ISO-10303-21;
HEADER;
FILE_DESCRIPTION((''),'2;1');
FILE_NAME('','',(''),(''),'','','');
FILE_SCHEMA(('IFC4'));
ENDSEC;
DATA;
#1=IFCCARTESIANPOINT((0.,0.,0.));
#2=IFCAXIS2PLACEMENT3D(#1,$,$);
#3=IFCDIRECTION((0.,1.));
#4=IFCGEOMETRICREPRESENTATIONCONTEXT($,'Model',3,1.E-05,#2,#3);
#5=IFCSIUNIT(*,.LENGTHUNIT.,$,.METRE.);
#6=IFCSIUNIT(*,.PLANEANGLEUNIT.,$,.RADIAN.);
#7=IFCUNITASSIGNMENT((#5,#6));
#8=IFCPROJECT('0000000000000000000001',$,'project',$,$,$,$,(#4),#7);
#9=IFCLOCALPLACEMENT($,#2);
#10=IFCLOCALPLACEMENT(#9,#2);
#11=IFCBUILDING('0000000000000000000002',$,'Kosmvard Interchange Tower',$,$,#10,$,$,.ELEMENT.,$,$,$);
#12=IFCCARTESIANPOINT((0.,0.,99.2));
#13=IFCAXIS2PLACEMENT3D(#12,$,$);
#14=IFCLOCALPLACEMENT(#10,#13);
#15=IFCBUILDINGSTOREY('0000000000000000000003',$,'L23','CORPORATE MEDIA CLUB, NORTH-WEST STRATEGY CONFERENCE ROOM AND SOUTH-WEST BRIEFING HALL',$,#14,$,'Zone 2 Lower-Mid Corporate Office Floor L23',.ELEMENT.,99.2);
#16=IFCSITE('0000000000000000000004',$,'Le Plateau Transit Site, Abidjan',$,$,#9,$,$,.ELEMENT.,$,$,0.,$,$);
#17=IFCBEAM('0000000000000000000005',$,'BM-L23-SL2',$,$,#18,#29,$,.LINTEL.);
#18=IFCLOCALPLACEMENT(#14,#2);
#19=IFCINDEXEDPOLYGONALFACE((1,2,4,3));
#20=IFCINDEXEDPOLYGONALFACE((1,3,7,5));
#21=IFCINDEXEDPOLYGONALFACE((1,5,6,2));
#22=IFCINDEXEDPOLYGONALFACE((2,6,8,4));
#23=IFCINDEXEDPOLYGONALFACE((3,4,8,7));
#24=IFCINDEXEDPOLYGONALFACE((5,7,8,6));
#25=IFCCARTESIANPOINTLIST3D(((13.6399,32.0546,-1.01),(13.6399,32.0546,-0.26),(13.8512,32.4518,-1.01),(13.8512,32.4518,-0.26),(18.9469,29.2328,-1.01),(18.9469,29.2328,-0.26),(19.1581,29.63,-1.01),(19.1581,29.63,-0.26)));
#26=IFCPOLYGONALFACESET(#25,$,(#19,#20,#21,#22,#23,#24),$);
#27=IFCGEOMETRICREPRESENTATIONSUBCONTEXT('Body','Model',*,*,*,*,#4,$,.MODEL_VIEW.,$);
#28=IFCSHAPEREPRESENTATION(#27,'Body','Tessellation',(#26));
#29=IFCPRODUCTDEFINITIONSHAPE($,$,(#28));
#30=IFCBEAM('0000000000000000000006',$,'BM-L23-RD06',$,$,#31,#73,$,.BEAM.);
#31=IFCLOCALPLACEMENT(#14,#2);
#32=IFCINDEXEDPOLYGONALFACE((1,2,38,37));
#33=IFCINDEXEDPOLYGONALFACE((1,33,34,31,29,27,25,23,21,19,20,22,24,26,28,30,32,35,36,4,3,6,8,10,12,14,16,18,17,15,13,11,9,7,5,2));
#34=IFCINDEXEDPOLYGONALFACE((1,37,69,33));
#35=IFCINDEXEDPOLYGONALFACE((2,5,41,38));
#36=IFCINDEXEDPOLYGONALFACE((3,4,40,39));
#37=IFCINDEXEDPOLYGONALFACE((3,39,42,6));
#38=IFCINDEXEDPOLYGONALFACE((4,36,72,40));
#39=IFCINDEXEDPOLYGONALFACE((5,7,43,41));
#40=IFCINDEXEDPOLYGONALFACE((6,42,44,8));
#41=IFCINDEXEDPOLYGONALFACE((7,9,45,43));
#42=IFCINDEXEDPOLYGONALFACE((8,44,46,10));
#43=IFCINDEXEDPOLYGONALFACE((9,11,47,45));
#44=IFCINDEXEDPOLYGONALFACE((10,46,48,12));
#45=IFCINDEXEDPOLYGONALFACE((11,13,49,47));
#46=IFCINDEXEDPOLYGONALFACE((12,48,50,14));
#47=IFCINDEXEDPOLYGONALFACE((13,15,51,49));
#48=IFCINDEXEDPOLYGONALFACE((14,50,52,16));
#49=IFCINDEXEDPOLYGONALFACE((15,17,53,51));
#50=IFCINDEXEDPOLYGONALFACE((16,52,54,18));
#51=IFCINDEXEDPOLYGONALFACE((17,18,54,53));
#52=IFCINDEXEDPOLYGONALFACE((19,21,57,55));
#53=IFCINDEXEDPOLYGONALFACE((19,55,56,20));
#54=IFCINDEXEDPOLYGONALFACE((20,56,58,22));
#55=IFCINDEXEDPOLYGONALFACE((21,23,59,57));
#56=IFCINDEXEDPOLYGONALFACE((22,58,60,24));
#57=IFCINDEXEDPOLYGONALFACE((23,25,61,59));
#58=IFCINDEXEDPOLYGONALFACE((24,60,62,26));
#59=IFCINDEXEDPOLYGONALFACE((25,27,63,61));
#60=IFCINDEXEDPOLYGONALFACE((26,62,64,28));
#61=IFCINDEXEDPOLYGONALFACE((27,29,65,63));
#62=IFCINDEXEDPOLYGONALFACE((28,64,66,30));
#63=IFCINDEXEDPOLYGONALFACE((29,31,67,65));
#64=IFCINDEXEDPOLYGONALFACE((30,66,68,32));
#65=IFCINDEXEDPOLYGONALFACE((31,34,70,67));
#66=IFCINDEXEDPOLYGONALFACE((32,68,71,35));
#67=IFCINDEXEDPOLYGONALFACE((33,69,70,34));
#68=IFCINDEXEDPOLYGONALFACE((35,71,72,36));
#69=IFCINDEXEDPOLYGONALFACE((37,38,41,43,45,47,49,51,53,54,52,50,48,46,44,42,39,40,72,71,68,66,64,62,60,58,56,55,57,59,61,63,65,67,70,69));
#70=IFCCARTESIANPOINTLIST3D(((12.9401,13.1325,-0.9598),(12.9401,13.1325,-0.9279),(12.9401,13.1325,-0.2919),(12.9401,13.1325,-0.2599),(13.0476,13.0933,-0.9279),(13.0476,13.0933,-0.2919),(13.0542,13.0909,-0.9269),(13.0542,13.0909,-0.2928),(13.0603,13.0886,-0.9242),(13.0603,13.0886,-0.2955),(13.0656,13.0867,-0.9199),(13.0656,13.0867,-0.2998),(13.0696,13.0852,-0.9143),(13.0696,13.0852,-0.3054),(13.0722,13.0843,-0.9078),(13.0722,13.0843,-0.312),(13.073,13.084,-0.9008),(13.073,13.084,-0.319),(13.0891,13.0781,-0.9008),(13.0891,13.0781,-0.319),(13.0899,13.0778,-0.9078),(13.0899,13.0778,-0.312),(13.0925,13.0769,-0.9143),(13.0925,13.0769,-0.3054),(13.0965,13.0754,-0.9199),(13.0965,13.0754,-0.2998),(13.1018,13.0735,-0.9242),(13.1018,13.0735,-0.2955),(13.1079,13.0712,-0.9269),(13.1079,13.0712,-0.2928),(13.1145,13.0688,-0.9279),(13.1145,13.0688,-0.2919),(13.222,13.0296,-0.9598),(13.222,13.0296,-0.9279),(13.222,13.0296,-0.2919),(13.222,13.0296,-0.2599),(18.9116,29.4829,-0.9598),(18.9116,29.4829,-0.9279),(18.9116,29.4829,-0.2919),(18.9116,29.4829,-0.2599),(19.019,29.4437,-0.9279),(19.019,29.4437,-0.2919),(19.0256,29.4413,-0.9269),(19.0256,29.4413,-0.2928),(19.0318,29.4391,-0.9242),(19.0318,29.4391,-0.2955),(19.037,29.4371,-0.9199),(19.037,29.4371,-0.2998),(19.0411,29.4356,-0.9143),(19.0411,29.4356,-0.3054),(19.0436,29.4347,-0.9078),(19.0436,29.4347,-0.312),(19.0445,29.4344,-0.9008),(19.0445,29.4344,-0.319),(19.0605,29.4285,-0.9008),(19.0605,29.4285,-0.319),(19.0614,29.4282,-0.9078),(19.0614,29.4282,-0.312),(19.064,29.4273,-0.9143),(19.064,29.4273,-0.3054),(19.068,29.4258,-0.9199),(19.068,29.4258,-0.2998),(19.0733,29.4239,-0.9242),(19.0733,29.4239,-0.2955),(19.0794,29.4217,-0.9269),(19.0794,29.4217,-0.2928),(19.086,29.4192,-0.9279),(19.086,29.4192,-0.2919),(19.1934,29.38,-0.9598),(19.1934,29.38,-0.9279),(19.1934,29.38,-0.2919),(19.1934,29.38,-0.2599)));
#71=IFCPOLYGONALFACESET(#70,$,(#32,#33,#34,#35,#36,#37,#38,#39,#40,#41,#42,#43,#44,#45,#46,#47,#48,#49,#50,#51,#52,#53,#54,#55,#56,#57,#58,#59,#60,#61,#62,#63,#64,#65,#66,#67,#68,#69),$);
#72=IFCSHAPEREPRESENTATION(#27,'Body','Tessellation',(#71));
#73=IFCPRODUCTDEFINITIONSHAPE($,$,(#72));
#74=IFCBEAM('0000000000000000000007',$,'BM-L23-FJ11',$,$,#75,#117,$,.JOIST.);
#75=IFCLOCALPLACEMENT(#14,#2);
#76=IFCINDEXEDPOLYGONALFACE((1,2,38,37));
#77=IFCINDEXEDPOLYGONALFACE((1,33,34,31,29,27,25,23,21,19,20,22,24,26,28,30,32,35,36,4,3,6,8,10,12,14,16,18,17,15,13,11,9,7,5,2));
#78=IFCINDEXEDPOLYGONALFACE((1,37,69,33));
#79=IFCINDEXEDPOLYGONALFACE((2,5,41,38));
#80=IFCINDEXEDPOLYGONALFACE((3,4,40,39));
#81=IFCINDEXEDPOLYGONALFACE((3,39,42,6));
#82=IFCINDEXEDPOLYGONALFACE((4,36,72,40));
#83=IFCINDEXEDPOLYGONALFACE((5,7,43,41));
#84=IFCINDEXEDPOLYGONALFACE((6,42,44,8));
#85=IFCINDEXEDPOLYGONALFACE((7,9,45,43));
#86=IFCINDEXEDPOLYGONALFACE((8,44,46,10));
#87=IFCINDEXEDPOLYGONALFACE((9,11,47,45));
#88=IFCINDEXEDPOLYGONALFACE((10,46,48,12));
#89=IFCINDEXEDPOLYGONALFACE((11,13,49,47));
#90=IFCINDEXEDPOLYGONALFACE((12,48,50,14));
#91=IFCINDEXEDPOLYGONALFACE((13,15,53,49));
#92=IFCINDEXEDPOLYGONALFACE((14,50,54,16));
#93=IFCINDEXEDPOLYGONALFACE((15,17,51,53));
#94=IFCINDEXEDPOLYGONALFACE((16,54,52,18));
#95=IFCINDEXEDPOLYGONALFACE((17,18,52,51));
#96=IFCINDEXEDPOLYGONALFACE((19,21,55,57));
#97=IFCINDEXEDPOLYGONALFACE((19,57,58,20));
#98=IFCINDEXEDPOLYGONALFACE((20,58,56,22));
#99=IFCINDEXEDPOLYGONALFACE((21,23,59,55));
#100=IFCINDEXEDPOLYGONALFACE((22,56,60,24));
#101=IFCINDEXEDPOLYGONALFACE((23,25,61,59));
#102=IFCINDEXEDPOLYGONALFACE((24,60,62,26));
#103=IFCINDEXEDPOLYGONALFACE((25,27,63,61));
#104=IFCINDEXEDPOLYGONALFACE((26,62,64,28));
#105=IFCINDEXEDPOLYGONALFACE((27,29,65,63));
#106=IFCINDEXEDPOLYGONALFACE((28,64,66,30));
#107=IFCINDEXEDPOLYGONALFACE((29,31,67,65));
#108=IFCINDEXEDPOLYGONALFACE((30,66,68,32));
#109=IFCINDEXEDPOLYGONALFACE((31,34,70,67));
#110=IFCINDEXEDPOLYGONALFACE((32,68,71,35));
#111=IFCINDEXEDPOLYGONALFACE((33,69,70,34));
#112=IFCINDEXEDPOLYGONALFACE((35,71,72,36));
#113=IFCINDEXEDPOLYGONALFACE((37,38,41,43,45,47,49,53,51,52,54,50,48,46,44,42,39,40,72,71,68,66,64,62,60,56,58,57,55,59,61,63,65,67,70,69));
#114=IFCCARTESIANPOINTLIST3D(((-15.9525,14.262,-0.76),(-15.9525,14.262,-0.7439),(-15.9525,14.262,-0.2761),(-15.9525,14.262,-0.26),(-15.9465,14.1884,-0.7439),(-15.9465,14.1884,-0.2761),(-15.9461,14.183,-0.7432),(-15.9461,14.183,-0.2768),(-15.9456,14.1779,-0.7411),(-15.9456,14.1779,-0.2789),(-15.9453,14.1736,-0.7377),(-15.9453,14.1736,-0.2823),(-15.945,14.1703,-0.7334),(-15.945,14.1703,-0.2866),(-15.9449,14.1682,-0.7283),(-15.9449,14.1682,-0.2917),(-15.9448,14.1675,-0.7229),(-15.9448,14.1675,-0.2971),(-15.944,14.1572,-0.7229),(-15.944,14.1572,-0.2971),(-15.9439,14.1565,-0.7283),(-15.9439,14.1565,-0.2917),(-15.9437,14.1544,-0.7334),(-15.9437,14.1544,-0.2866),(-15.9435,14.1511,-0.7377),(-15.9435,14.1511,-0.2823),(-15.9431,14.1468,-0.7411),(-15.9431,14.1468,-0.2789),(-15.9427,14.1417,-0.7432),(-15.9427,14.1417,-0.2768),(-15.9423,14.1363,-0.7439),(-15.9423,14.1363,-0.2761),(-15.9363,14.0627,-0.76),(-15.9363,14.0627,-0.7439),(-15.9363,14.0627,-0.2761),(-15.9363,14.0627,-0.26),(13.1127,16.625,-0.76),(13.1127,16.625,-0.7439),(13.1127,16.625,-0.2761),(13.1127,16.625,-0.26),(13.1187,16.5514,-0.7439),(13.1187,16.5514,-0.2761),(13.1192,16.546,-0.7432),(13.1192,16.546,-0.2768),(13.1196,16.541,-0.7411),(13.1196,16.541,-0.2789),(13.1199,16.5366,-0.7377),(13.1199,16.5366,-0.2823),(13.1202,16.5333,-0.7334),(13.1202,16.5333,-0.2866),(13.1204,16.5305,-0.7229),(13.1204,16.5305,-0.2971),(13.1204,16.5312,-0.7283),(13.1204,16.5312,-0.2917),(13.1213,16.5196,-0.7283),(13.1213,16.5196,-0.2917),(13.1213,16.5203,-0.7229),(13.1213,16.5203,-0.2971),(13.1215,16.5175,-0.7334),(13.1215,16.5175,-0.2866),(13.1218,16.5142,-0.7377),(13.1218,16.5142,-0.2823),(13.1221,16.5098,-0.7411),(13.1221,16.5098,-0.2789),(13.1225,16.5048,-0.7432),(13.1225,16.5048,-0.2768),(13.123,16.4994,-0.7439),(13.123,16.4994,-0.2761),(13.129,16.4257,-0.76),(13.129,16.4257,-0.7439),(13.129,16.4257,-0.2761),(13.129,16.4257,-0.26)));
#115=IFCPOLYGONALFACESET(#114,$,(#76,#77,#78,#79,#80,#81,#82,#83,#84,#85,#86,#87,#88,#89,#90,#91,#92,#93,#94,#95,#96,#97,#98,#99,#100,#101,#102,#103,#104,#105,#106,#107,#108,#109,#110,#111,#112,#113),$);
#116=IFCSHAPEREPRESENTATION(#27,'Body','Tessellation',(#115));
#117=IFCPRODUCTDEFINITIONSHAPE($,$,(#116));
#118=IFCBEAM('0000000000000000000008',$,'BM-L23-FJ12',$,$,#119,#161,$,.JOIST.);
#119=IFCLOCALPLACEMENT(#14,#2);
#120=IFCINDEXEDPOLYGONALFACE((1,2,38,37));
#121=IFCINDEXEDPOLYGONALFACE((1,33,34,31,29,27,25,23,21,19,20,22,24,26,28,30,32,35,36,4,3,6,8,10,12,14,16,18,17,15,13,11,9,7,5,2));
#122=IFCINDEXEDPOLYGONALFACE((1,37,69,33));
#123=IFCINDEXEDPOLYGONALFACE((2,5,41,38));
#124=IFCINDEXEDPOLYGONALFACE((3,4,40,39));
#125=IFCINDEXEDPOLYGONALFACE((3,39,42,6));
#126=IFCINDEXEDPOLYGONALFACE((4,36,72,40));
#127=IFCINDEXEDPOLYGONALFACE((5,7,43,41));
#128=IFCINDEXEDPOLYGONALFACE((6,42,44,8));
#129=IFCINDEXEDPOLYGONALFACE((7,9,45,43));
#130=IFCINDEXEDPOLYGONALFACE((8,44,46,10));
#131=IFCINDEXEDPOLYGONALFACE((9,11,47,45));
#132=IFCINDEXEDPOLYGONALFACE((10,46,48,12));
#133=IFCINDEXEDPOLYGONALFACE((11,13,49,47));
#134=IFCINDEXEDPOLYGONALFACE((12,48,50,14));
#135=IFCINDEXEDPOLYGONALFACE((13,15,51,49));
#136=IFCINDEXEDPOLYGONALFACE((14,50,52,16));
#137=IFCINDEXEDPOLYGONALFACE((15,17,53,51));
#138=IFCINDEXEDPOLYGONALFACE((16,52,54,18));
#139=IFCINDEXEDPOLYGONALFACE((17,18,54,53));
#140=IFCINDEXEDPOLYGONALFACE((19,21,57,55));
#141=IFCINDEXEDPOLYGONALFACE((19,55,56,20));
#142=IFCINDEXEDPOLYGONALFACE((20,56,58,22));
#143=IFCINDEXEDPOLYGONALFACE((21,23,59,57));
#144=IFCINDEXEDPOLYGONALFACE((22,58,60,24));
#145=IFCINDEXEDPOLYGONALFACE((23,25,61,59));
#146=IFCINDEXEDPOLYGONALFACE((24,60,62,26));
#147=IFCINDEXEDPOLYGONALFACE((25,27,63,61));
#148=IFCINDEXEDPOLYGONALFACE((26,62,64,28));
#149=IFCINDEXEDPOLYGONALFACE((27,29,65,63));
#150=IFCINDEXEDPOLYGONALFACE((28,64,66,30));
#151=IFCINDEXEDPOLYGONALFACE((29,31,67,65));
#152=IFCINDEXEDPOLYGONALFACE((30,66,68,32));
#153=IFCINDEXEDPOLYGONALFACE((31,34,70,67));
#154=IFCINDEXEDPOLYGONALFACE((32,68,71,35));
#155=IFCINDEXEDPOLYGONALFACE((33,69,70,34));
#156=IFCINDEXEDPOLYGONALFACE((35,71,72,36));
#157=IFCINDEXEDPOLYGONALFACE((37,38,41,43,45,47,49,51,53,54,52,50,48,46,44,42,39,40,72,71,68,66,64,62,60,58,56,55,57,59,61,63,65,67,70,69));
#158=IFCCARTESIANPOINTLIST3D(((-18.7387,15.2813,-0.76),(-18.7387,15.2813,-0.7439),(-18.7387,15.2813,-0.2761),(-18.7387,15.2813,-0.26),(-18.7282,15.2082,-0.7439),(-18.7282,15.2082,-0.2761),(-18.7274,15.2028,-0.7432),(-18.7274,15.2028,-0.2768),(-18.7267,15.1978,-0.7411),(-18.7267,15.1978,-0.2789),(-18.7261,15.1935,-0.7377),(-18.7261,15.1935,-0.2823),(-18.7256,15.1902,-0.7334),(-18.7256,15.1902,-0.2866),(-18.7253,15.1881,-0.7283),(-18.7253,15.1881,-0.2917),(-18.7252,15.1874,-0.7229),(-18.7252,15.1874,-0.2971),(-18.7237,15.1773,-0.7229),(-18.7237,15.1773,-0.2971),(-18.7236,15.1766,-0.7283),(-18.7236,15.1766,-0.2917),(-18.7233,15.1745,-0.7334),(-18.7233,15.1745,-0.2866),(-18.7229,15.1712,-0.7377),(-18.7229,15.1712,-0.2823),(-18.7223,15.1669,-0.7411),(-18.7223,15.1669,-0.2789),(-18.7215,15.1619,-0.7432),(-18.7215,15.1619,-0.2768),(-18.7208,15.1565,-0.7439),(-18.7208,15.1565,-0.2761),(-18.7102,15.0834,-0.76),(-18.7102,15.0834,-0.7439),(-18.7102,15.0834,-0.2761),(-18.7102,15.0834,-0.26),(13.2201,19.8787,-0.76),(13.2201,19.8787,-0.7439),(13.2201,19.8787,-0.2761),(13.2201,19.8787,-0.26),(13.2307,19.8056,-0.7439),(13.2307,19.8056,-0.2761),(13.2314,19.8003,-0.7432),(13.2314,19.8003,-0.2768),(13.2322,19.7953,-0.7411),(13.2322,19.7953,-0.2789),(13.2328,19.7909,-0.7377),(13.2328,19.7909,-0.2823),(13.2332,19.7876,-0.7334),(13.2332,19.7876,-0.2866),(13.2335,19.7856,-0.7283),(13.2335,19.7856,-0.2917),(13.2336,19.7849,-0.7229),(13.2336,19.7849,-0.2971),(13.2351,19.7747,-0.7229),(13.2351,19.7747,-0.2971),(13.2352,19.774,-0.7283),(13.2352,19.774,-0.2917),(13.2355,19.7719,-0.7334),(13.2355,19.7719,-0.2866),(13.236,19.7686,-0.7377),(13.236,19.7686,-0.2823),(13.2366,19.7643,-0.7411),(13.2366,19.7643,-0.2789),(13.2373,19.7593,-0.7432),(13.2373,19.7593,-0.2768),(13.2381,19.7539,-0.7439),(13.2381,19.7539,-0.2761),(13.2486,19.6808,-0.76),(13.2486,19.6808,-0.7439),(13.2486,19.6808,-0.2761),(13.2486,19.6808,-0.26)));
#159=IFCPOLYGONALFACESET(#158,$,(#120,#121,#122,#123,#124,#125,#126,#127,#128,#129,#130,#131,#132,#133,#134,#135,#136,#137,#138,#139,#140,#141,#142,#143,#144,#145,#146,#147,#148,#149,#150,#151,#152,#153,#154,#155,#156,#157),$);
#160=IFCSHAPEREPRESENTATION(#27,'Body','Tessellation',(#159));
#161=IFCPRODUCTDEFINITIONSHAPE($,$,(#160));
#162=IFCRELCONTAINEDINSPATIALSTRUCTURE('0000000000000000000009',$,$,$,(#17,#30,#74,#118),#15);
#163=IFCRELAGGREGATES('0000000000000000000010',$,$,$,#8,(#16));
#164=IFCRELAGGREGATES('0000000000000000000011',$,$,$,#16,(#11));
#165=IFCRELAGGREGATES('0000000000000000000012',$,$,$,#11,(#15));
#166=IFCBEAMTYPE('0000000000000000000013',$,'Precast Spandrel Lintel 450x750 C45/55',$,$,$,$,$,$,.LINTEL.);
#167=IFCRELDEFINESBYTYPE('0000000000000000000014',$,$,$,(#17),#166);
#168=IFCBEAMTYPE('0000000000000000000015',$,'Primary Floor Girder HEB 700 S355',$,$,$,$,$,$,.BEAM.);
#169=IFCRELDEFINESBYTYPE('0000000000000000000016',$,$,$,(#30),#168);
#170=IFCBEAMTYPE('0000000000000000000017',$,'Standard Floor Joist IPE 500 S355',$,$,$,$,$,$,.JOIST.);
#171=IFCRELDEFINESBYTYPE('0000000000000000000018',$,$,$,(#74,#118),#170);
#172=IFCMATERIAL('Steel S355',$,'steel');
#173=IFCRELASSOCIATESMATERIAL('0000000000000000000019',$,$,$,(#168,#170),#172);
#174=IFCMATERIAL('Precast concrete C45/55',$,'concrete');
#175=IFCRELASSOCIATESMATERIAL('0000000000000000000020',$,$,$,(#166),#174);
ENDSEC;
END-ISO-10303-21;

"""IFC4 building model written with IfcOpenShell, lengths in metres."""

from ifc_helpers import new_model, si_unit, direction, frame, origin, origin_2d, place, context, subcontext, project, spatial, rectangle, i_section, extrude, source, transform, mapped, material, material_profile, profile_set, type_object, element, save


model = new_model("IFC4")

# Units and contexts
model_context = context("Model", 3, precision=1e-05, world=origin(), true_north=direction((0.0, 1.0)))
body_context = subcontext(model_context, "Body", "Model", "MODEL_VIEW")
ifc_project = project(units=[si_unit("LENGTHUNIT", "METRE"), si_unit("PLANEANGLEUNIT", "RADIAN")], contexts=[model_context])

# Site, building, storey
site_placement = place(None, origin())
site = spatial("IfcSite", under=ifc_project, at=site_placement, Name="Le Plateau Transit Site, Abidjan", CompositionType="ELEMENT", RefElevation=0.0)
building_placement = place(site_placement, origin())
building = spatial("IfcBuilding", under=site, at=building_placement, Name="Kosmvard Interchange Tower", CompositionType="ELEMENT")
storey_placement = place(building_placement, frame((0.0, 0.0, 99.2)))
storey = spatial("IfcBuildingStorey", under=building, at=storey_placement, Name="L23", Description="CORPORATE MEDIA CLUB, NORTH-WEST STRATEGY CONFERENCE ROOM AND SOUTH-WEST BRIEFING HALL", LongName="Zone 2 Lower-Mid Corporate Office Floor L23", CompositionType="ELEMENT", Elevation=99.2)

# Beams
ifc_material_1 = material(Name="Steel S355", Category="steel")
ifc_material_profile_1 = material_profile(ifc_material_1, i_section(OverallWidth=0.3, OverallDepth=0.7, WebThickness=0.0171, FlangeThickness=0.032, FilletRadius=0.0271, at=origin_2d()), Name="HEB 700")
ifc_profile_set_1 = profile_set([ifc_material_profile_1], Name="Steel S355")
beam_type_1 = type_object("IfcBeamType", Name="Primary Floor Girder HEB 700 S355", PredefinedType="BEAM", material=ifc_profile_set_1)
ifc_material_2 = material(Name="Precast concrete C45/55", Category="concrete")
ifc_material_profile_2 = material_profile(ifc_material_2, rectangle(XDim=0.45, YDim=0.75, at=origin_2d()), Name="SL 450x750")
ifc_profile_set_2 = profile_set([ifc_material_profile_2], Name="Precast concrete C45/55")
beam_type_2 = type_object("IfcBeamType", Name="Precast Spandrel Lintel 450x750 C45/55", PredefinedType="LINTEL", material=ifc_profile_set_2)
shared_shape_1 = source(origin(), body_context, "Body", "SweptSolid", [
    extrude(rectangle(XDim=0.45, YDim=0.75, at=origin_2d()), origin(), (0.0, 0.0, 1.0), 6.0105),
])
beam_1_placement = place(storey_placement, frame((19.0525, 29.4314, -0.635), z_axis=(-0.882944, 0.469479, 0.0), x_axis=(-0.469479, -0.882944, 0.0)))
element("IfcBeam", 1, at=beam_1_placement, inside=storey, type_object=beam_type_2, Name="BM-L23-SL2", PredefinedType="LINTEL", context=body_context, shape_type="MappedRepresentation", body=[
    mapped(shared_shape_1, transform((0.0, 0.0, 0.0), scale=1.0)),
])
shared_shape_2 = source(origin(), body_context, "Body", "SweptSolid", [
    extrude(i_section(OverallWidth=0.3, OverallDepth=0.7, WebThickness=0.0171, FlangeThickness=0.032, FilletRadius=0.0271, at=origin_2d()), origin(), (0.0, 0.0, 1.0), 17.4067),
])
beam_2_placement = place(storey_placement, frame((13.0811, 13.0811, -0.6099), z_axis=(0.343055, 0.939315, 0.0), x_axis=(-0.939315, 0.343055, 0.0)))
element("IfcBeam", 2, at=beam_2_placement, inside=storey, type_object=beam_type_1, Name="BM-L23-RD06", PredefinedType="BEAM", context=body_context, shape_type="MappedRepresentation", body=[
    mapped(shared_shape_2, transform((0.0, 0.0, 0.0), scale=1.0)),
])
ifc_material_profile_3 = material_profile(ifc_material_1, i_section(OverallWidth=0.2, OverallDepth=0.5, WebThickness=0.0103, FlangeThickness=0.0161, FilletRadius=0.021, at=origin_2d()), Name="IPE 500")
ifc_profile_set_3 = profile_set([ifc_material_profile_3], Name="Steel S355")
beam_type_3 = type_object("IfcBeamType", Name="Standard Floor Joist IPE 500 S355", PredefinedType="JOIST", material=ifc_profile_set_3)
shared_shape_3 = source(origin(), body_context, "Body", "SweptSolid", [
    extrude(i_section(OverallWidth=0.2, OverallDepth=0.5, WebThickness=0.0103, FlangeThickness=0.0161, FilletRadius=0.021, at=origin_2d()), origin(), (0.0, 0.0, 1.0), 29.1611),
])
beam_3_placement = place(storey_placement, frame((13.1208, 16.5254, -0.51), z_axis=(-0.996711, -0.081034, 0.0), x_axis=(0.081034, -0.996711, 0.0)))
element("IfcBeam", 3, at=beam_3_placement, inside=storey, type_object=beam_type_3, Name="BM-L23-FJ11", PredefinedType="JOIST", context=body_context, shape_type="MappedRepresentation", body=[
    mapped(shared_shape_3, transform((0.0, 0.0, 0.0), scale=1.0)),
])
shared_shape_4 = source(origin(), body_context, "Body", "SweptSolid", [
    extrude(i_section(OverallWidth=0.2, OverallDepth=0.5, WebThickness=0.0103, FlangeThickness=0.0161, FilletRadius=0.021, at=origin_2d()), origin(), (0.0, 0.0, 1.0), 32.2878),
])
beam_4_placement = place(storey_placement, frame((13.2344, 19.7798, -0.51), z_axis=(-0.989811, -0.142389, 0.0), x_axis=(0.142389, -0.989811, 0.0)))
element("IfcBeam", 4, at=beam_4_placement, inside=storey, type_object=beam_type_3, Name="BM-L23-FJ12", PredefinedType="JOIST", context=body_context, shape_type="MappedRepresentation", body=[
    mapped(shared_shape_4, transform((0.0, 0.0, 0.0), scale=1.0)),
])

save(model, "model.ifc")
